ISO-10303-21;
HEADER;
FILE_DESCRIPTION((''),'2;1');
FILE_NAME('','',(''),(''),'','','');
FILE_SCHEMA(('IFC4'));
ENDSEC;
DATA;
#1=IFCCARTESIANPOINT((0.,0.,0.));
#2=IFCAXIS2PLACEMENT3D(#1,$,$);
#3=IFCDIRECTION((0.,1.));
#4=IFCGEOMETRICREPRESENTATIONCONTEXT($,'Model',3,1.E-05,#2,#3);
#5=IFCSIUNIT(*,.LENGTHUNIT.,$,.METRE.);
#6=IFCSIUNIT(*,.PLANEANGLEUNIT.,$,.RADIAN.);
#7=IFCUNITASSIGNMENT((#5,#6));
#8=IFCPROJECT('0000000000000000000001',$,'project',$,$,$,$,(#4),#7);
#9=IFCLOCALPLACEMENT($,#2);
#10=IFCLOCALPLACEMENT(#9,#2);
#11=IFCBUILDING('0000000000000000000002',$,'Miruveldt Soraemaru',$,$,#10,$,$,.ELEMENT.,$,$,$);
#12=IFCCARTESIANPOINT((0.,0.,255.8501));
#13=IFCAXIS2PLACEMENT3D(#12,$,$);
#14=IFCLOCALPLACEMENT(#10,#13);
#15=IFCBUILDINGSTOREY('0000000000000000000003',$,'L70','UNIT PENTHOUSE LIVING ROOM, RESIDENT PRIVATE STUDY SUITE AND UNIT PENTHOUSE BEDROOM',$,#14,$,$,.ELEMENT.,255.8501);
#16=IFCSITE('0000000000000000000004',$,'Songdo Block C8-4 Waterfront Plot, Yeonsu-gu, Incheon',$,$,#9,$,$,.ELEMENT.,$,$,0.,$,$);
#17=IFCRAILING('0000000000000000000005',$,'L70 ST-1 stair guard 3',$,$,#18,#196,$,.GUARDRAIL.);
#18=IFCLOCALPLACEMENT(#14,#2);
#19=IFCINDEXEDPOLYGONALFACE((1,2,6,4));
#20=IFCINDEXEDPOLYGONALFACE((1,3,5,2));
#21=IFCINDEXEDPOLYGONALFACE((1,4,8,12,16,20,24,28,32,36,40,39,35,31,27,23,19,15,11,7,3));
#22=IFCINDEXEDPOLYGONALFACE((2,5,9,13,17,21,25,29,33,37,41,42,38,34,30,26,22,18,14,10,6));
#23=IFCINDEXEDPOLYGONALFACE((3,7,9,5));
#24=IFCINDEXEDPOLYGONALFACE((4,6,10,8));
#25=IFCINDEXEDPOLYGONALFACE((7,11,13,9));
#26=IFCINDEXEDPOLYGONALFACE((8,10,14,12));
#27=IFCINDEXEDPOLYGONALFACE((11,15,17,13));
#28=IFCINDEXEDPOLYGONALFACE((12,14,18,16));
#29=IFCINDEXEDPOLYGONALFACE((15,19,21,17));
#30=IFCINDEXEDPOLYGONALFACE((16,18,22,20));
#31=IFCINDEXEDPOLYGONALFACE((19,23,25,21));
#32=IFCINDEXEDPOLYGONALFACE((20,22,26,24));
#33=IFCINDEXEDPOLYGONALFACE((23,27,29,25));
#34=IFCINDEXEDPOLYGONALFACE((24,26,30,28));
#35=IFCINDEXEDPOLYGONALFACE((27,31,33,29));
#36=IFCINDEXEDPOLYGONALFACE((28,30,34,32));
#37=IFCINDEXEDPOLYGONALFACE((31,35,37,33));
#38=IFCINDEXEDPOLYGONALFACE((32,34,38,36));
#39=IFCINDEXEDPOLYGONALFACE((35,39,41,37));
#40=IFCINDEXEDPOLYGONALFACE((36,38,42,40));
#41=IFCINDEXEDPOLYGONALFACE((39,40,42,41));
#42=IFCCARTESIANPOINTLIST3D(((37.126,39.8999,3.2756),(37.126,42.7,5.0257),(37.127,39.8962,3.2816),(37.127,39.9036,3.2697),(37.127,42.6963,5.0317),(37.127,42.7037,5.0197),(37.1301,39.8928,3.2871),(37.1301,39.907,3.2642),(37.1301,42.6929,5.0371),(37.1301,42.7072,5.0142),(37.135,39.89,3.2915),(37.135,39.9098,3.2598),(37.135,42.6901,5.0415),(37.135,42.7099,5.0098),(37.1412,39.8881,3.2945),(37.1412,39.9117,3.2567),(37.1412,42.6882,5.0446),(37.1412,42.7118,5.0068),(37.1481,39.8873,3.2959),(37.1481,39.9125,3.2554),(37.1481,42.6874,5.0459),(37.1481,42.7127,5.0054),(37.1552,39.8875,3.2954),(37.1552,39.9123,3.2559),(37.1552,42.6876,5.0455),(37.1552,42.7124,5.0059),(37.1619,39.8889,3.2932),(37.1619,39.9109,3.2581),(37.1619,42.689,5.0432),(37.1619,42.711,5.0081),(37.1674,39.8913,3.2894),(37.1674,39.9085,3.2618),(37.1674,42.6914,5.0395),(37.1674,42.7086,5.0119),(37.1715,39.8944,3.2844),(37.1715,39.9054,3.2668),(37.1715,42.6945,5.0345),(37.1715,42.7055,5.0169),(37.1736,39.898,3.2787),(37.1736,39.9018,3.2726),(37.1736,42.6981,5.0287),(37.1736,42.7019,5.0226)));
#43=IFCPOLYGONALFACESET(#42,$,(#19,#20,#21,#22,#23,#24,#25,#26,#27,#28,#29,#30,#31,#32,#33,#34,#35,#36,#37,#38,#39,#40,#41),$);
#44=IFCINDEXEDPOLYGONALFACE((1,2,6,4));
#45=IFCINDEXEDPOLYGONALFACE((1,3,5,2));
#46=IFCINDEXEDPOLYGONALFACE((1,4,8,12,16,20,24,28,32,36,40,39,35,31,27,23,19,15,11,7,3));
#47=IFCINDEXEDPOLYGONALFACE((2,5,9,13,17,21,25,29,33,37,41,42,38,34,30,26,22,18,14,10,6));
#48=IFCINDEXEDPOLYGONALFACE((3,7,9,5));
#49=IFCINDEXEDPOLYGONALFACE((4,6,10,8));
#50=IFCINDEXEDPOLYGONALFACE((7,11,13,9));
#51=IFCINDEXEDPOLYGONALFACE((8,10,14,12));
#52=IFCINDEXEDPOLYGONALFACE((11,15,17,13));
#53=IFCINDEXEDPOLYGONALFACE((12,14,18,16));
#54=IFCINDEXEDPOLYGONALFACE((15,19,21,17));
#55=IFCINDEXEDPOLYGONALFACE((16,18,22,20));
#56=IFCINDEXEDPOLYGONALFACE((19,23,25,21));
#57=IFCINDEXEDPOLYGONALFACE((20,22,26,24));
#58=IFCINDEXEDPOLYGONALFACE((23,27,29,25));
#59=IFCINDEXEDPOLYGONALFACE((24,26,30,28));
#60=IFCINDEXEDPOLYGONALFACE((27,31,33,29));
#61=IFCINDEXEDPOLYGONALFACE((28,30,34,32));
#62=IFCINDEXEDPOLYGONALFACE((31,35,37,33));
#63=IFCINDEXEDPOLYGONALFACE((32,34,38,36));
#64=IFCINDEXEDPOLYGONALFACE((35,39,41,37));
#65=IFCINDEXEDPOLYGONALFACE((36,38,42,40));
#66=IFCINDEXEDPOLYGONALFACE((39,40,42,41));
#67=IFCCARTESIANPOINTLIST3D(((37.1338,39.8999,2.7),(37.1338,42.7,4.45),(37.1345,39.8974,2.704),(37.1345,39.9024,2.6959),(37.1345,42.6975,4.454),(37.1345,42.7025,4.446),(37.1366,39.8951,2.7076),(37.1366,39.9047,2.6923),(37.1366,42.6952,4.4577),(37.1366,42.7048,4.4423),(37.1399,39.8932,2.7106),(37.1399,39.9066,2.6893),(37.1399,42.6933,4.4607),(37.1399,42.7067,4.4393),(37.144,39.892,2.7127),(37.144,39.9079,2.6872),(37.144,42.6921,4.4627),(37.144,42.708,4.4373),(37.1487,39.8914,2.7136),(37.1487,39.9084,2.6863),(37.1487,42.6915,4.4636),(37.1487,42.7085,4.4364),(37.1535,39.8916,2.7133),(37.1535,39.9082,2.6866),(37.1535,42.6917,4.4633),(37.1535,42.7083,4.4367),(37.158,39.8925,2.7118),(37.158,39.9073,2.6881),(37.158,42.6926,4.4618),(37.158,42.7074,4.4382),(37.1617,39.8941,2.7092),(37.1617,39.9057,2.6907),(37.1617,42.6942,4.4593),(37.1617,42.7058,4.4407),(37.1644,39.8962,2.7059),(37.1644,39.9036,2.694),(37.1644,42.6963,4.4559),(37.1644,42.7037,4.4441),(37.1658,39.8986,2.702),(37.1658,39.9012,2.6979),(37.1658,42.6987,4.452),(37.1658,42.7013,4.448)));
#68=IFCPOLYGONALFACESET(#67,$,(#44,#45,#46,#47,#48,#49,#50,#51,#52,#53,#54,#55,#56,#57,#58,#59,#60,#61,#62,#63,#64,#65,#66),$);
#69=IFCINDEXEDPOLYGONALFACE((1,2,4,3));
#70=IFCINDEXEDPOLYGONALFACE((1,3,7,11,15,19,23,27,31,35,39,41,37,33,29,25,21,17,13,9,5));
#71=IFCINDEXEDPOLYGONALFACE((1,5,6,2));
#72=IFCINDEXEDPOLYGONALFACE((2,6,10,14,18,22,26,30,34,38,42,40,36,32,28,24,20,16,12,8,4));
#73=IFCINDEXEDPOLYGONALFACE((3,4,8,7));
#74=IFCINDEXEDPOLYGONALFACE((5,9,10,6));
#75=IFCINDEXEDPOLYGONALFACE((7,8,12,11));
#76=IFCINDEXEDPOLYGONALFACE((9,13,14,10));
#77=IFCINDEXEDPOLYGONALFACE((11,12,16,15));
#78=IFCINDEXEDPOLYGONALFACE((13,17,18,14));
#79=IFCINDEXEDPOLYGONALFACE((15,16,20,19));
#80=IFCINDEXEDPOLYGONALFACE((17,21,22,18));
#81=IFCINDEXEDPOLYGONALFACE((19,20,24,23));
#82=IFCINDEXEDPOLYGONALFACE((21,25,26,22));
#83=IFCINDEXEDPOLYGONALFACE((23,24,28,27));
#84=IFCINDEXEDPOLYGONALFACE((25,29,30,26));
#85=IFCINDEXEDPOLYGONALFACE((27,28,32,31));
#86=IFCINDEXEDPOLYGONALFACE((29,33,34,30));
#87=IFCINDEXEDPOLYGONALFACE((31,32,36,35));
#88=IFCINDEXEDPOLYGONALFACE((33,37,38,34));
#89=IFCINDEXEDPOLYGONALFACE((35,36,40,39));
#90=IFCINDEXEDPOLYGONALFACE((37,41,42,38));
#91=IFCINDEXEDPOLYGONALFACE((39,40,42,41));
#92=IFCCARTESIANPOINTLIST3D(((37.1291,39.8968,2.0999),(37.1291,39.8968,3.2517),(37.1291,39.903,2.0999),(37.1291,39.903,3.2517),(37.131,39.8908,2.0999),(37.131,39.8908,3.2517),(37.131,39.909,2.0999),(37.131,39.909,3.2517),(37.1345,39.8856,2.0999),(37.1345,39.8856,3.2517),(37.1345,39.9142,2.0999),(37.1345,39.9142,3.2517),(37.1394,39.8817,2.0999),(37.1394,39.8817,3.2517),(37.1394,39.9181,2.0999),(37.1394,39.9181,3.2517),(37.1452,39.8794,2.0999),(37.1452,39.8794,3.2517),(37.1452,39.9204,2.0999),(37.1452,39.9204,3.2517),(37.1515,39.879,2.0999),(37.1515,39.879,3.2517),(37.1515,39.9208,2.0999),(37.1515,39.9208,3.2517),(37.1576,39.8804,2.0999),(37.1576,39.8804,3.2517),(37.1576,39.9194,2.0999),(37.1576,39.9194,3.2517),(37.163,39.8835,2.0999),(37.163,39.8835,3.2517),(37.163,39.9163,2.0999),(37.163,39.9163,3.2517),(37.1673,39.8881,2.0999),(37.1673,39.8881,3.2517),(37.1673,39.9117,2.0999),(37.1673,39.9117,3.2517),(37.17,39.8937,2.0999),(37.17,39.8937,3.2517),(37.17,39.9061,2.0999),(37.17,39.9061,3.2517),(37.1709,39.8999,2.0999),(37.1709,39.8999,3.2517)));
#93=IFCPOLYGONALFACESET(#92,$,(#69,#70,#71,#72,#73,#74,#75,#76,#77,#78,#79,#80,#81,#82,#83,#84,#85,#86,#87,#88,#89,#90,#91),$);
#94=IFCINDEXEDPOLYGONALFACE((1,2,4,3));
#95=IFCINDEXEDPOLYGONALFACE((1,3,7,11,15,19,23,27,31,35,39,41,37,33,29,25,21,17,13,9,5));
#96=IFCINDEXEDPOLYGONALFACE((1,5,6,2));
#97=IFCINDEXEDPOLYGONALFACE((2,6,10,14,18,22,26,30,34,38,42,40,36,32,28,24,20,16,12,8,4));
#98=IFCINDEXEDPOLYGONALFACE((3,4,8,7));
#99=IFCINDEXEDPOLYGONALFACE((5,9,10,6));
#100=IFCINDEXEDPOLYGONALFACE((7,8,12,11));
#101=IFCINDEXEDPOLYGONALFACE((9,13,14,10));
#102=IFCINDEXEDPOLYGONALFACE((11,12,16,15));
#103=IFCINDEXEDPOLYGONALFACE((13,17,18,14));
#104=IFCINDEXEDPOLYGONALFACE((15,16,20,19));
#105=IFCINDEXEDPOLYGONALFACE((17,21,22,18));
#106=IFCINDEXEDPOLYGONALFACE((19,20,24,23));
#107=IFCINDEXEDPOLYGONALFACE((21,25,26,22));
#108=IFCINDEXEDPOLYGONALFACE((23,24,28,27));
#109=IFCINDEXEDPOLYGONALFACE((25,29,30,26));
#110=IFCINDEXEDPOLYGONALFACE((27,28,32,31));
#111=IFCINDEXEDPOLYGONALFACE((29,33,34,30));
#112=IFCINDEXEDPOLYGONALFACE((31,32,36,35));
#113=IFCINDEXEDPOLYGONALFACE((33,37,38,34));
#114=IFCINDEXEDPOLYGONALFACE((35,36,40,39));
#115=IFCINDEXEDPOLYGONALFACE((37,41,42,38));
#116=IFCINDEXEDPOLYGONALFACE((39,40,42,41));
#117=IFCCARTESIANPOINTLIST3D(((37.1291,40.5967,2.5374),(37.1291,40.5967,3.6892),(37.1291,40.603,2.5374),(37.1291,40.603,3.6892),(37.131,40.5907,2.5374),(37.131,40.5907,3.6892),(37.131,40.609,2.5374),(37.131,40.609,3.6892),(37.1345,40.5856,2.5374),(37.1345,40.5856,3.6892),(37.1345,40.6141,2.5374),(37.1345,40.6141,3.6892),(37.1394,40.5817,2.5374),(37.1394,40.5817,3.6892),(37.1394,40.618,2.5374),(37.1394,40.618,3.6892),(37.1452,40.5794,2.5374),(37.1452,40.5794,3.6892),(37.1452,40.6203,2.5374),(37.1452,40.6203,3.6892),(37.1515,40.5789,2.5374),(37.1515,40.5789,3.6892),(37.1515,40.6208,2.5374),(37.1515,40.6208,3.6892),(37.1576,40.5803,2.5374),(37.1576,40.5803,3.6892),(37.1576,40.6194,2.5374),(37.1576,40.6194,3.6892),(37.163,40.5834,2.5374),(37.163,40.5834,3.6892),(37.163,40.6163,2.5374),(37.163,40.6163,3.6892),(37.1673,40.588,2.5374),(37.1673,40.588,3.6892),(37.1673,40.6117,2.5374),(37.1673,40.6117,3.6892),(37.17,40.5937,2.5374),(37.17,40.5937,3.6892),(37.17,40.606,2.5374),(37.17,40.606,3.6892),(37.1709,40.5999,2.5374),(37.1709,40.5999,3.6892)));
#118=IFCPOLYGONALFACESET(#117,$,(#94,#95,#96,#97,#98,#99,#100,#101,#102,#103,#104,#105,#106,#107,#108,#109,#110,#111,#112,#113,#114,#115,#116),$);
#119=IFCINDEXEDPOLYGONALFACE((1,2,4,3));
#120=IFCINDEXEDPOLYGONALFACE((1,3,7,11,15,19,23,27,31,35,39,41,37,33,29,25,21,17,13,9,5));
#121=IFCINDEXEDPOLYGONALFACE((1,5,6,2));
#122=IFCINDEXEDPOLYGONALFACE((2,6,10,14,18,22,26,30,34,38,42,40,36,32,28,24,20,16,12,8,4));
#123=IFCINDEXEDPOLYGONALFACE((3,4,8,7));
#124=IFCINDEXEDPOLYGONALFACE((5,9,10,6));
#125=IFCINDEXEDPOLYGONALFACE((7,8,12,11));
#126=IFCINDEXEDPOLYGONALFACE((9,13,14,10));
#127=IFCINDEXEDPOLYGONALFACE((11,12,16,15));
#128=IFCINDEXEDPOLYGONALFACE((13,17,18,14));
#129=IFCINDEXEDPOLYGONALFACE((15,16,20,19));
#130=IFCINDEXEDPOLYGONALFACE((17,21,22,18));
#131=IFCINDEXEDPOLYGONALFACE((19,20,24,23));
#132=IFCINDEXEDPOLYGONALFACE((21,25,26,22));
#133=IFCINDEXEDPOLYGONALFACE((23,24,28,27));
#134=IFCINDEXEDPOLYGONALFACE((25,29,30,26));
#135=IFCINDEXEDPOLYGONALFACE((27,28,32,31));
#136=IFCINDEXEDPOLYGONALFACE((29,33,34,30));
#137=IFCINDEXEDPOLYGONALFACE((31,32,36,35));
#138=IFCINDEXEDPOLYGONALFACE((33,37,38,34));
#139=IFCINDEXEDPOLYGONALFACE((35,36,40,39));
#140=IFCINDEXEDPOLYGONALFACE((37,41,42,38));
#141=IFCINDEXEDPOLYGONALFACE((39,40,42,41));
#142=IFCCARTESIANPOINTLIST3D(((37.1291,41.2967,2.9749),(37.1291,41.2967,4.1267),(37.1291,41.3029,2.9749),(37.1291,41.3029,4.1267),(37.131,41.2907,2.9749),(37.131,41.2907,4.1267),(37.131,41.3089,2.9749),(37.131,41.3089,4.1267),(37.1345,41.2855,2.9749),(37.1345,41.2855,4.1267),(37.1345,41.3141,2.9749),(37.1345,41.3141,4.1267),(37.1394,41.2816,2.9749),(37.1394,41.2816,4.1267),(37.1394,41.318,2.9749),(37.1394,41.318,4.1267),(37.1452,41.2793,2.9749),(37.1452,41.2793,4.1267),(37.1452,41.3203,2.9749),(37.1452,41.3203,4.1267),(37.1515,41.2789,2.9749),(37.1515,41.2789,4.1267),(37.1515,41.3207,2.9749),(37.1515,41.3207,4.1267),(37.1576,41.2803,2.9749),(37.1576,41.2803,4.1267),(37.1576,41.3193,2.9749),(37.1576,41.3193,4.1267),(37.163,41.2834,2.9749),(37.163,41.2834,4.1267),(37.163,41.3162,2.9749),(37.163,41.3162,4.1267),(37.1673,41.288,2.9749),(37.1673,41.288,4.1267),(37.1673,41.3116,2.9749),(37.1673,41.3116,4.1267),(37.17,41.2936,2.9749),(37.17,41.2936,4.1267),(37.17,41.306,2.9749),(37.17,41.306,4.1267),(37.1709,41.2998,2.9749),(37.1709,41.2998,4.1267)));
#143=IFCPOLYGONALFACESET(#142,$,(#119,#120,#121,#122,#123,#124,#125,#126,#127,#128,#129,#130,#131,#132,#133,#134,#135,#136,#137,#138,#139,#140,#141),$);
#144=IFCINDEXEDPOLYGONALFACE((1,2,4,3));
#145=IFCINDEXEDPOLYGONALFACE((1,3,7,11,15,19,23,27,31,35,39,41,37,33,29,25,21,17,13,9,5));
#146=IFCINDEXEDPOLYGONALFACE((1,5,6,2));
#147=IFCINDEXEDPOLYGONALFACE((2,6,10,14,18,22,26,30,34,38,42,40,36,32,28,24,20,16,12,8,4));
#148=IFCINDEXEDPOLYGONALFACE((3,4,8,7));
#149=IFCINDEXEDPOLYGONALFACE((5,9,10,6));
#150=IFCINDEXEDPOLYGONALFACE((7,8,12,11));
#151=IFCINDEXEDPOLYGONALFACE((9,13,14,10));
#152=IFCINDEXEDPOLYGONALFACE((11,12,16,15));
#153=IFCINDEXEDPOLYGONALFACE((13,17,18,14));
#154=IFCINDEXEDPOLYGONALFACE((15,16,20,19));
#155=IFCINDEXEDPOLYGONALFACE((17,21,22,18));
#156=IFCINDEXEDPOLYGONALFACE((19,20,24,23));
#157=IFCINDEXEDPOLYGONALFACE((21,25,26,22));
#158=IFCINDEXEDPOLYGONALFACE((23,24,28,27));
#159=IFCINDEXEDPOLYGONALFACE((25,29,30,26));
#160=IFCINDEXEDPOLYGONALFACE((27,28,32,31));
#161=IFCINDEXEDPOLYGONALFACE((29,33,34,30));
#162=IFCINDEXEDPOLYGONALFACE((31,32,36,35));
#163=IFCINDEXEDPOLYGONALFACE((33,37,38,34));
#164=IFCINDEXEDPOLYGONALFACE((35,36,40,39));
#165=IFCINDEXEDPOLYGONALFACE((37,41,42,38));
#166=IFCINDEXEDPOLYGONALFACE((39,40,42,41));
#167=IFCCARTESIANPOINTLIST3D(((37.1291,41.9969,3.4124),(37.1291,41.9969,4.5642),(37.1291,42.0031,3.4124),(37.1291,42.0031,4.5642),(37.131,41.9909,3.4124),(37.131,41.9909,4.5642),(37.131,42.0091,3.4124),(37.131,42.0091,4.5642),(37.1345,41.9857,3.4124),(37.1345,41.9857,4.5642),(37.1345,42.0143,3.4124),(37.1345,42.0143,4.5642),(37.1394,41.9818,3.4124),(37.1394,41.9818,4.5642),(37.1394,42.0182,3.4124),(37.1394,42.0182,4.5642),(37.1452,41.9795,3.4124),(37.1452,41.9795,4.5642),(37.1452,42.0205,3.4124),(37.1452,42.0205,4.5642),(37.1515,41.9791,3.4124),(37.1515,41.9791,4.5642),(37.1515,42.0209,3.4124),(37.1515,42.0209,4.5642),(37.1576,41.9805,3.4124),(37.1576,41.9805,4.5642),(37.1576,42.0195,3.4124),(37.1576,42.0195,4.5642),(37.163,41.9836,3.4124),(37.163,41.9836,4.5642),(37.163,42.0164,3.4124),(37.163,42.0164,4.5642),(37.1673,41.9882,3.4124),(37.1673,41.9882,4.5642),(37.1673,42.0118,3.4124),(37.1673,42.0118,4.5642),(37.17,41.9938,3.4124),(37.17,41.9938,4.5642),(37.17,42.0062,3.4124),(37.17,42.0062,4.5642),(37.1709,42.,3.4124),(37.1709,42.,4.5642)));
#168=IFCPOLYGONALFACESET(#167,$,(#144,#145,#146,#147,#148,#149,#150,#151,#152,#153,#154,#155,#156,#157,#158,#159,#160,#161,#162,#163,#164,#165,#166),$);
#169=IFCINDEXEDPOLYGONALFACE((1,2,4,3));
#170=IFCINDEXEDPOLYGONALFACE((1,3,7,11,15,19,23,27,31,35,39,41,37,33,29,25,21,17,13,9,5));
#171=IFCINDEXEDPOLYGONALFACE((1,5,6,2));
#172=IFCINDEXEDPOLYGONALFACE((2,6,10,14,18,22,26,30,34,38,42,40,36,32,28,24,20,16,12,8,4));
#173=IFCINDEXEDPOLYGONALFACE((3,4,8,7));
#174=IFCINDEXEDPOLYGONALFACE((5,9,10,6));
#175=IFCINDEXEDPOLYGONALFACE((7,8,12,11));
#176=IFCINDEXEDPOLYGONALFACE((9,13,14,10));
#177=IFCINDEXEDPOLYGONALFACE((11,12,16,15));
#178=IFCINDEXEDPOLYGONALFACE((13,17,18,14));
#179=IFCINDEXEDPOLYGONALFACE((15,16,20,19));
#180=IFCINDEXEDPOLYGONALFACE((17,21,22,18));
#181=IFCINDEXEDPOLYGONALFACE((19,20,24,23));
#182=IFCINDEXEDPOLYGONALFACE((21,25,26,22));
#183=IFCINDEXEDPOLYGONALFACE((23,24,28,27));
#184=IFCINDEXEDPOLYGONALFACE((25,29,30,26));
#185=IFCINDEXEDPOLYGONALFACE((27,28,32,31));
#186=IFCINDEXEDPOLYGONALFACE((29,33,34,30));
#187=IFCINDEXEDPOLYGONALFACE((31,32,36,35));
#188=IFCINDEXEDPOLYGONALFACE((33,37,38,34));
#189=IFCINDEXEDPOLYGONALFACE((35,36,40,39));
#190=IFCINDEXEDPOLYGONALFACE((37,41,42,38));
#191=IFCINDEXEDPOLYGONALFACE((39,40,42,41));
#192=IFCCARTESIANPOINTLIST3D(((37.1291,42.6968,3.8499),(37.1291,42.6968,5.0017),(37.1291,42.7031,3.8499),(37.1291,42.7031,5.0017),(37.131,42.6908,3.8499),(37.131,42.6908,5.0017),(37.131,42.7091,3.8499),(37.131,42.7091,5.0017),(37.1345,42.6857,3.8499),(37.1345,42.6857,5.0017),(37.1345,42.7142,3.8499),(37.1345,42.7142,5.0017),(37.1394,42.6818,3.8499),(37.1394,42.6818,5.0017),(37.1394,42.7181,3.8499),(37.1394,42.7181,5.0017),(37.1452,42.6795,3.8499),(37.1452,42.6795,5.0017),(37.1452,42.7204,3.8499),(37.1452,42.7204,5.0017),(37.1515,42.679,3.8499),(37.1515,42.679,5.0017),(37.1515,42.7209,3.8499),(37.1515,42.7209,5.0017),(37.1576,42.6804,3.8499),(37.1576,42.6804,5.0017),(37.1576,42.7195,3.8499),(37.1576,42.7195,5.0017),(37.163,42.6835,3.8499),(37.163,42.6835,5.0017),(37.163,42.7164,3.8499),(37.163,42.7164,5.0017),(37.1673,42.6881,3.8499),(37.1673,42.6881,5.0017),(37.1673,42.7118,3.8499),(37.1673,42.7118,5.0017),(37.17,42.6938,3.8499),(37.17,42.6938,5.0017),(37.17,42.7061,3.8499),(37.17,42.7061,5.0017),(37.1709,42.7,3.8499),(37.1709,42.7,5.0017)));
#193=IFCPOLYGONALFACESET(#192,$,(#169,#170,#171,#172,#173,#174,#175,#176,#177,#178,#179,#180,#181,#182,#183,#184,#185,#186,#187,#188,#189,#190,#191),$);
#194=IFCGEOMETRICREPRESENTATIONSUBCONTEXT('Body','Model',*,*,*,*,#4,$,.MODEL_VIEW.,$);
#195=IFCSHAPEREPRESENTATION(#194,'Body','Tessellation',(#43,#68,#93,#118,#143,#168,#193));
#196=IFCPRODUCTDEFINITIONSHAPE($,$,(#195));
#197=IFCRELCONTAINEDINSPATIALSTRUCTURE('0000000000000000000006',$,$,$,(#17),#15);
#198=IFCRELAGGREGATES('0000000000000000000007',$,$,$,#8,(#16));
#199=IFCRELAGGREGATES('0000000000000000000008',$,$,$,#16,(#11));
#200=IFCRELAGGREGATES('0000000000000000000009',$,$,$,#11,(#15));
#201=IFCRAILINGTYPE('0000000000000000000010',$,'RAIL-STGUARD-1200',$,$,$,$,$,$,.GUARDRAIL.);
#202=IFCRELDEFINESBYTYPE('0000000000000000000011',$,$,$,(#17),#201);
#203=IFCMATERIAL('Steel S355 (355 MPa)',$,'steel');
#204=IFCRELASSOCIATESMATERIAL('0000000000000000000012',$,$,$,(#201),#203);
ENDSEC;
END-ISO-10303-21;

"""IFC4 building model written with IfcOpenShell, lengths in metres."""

from ifc_helpers import new_model, si_unit, direction, frame, origin, origin_2d, place, context, subcontext, project, spatial, circle, extrude, material, type_object, element, save


model = new_model("IFC4")

# Units and contexts
model_context = context("Model", 3, precision=1e-05, world=origin(), true_north=direction((0.0, 1.0)))
body_context = subcontext(model_context, "Body", "Model", "MODEL_VIEW")
ifc_project = project(units=[si_unit("LENGTHUNIT", "METRE"), si_unit("PLANEANGLEUNIT", "RADIAN")], contexts=[model_context])

# Site, building, storey
site_placement = place(None, origin())
site = spatial("IfcSite", under=ifc_project, at=site_placement, Name="Songdo Block C8-4 Waterfront Plot, Yeonsu-gu, Incheon", CompositionType="ELEMENT", RefElevation=0.0)
building_placement = place(site_placement, origin())
building = spatial("IfcBuilding", under=site, at=building_placement, Name="Miruveldt Soraemaru", CompositionType="ELEMENT")
storey_placement = place(building_placement, frame((0.0, 0.0, 255.8501)))
storey = spatial("IfcBuildingStorey", under=building, at=storey_placement, Name="L70", Description="UNIT PENTHOUSE LIVING ROOM, RESIDENT PRIVATE STUDY SUITE AND UNIT PENTHOUSE BEDROOM", CompositionType="ELEMENT", Elevation=255.8501)

# Railing
ifc_material_1 = material(Name="Steel S355 (355 MPa)", Category="steel")
railing_type_1 = type_object("IfcRailingType", Name="RAIL-STGUARD-1200", PredefinedType="GUARDRAIL", material=ifc_material_1)
railing_1_placement = place(storey_placement, frame((37.1499, 39.8999, 2.0999)))
element("IfcRailing", 1, at=railing_1_placement, inside=storey, type_object=railing_type_1, Name="L70 ST-1 stair guard 3", PredefinedType="GUARDRAIL", context=body_context, shape_type="SweptSolid", body=[
    extrude(circle(Radius=0.0239, at=origin_2d()), frame((0.0, 0.0, 1.1758), z_axis=(0.0, 0.848002, 0.529992), x_axis=(-1.0, 0.0, 0.0)), (0.0, 0.0, 1.0), 3.302),
    extrude(circle(Radius=0.0161, at=origin_2d()), frame((0.0, 0.0, 0.6001), z_axis=(0.0, 0.848002, 0.529992), x_axis=(-1.0, 0.0, 0.0)), (0.0, 0.0, 1.0), 3.302),
    extrude(circle(Radius=0.021, at=origin_2d()), origin(), (0.0, 0.0, 1.0), 1.1519),
    extrude(circle(Radius=0.021, at=origin_2d()), frame((0.0, 0.7, 0.4375)), (0.0, 0.0, 1.0), 1.1519),
    extrude(circle(Radius=0.021, at=origin_2d()), frame((0.0, 1.3999, 0.875)), (0.0, 0.0, 1.0), 1.1519),
    extrude(circle(Radius=0.021, at=origin_2d()), frame((0.0, 2.1001, 1.3125)), (0.0, 0.0, 1.0), 1.1519),
    extrude(circle(Radius=0.021, at=origin_2d()), frame((0.0, 2.8, 1.75)), (0.0, 0.0, 1.0), 1.1519),
])

save(model, "model.ifc")
